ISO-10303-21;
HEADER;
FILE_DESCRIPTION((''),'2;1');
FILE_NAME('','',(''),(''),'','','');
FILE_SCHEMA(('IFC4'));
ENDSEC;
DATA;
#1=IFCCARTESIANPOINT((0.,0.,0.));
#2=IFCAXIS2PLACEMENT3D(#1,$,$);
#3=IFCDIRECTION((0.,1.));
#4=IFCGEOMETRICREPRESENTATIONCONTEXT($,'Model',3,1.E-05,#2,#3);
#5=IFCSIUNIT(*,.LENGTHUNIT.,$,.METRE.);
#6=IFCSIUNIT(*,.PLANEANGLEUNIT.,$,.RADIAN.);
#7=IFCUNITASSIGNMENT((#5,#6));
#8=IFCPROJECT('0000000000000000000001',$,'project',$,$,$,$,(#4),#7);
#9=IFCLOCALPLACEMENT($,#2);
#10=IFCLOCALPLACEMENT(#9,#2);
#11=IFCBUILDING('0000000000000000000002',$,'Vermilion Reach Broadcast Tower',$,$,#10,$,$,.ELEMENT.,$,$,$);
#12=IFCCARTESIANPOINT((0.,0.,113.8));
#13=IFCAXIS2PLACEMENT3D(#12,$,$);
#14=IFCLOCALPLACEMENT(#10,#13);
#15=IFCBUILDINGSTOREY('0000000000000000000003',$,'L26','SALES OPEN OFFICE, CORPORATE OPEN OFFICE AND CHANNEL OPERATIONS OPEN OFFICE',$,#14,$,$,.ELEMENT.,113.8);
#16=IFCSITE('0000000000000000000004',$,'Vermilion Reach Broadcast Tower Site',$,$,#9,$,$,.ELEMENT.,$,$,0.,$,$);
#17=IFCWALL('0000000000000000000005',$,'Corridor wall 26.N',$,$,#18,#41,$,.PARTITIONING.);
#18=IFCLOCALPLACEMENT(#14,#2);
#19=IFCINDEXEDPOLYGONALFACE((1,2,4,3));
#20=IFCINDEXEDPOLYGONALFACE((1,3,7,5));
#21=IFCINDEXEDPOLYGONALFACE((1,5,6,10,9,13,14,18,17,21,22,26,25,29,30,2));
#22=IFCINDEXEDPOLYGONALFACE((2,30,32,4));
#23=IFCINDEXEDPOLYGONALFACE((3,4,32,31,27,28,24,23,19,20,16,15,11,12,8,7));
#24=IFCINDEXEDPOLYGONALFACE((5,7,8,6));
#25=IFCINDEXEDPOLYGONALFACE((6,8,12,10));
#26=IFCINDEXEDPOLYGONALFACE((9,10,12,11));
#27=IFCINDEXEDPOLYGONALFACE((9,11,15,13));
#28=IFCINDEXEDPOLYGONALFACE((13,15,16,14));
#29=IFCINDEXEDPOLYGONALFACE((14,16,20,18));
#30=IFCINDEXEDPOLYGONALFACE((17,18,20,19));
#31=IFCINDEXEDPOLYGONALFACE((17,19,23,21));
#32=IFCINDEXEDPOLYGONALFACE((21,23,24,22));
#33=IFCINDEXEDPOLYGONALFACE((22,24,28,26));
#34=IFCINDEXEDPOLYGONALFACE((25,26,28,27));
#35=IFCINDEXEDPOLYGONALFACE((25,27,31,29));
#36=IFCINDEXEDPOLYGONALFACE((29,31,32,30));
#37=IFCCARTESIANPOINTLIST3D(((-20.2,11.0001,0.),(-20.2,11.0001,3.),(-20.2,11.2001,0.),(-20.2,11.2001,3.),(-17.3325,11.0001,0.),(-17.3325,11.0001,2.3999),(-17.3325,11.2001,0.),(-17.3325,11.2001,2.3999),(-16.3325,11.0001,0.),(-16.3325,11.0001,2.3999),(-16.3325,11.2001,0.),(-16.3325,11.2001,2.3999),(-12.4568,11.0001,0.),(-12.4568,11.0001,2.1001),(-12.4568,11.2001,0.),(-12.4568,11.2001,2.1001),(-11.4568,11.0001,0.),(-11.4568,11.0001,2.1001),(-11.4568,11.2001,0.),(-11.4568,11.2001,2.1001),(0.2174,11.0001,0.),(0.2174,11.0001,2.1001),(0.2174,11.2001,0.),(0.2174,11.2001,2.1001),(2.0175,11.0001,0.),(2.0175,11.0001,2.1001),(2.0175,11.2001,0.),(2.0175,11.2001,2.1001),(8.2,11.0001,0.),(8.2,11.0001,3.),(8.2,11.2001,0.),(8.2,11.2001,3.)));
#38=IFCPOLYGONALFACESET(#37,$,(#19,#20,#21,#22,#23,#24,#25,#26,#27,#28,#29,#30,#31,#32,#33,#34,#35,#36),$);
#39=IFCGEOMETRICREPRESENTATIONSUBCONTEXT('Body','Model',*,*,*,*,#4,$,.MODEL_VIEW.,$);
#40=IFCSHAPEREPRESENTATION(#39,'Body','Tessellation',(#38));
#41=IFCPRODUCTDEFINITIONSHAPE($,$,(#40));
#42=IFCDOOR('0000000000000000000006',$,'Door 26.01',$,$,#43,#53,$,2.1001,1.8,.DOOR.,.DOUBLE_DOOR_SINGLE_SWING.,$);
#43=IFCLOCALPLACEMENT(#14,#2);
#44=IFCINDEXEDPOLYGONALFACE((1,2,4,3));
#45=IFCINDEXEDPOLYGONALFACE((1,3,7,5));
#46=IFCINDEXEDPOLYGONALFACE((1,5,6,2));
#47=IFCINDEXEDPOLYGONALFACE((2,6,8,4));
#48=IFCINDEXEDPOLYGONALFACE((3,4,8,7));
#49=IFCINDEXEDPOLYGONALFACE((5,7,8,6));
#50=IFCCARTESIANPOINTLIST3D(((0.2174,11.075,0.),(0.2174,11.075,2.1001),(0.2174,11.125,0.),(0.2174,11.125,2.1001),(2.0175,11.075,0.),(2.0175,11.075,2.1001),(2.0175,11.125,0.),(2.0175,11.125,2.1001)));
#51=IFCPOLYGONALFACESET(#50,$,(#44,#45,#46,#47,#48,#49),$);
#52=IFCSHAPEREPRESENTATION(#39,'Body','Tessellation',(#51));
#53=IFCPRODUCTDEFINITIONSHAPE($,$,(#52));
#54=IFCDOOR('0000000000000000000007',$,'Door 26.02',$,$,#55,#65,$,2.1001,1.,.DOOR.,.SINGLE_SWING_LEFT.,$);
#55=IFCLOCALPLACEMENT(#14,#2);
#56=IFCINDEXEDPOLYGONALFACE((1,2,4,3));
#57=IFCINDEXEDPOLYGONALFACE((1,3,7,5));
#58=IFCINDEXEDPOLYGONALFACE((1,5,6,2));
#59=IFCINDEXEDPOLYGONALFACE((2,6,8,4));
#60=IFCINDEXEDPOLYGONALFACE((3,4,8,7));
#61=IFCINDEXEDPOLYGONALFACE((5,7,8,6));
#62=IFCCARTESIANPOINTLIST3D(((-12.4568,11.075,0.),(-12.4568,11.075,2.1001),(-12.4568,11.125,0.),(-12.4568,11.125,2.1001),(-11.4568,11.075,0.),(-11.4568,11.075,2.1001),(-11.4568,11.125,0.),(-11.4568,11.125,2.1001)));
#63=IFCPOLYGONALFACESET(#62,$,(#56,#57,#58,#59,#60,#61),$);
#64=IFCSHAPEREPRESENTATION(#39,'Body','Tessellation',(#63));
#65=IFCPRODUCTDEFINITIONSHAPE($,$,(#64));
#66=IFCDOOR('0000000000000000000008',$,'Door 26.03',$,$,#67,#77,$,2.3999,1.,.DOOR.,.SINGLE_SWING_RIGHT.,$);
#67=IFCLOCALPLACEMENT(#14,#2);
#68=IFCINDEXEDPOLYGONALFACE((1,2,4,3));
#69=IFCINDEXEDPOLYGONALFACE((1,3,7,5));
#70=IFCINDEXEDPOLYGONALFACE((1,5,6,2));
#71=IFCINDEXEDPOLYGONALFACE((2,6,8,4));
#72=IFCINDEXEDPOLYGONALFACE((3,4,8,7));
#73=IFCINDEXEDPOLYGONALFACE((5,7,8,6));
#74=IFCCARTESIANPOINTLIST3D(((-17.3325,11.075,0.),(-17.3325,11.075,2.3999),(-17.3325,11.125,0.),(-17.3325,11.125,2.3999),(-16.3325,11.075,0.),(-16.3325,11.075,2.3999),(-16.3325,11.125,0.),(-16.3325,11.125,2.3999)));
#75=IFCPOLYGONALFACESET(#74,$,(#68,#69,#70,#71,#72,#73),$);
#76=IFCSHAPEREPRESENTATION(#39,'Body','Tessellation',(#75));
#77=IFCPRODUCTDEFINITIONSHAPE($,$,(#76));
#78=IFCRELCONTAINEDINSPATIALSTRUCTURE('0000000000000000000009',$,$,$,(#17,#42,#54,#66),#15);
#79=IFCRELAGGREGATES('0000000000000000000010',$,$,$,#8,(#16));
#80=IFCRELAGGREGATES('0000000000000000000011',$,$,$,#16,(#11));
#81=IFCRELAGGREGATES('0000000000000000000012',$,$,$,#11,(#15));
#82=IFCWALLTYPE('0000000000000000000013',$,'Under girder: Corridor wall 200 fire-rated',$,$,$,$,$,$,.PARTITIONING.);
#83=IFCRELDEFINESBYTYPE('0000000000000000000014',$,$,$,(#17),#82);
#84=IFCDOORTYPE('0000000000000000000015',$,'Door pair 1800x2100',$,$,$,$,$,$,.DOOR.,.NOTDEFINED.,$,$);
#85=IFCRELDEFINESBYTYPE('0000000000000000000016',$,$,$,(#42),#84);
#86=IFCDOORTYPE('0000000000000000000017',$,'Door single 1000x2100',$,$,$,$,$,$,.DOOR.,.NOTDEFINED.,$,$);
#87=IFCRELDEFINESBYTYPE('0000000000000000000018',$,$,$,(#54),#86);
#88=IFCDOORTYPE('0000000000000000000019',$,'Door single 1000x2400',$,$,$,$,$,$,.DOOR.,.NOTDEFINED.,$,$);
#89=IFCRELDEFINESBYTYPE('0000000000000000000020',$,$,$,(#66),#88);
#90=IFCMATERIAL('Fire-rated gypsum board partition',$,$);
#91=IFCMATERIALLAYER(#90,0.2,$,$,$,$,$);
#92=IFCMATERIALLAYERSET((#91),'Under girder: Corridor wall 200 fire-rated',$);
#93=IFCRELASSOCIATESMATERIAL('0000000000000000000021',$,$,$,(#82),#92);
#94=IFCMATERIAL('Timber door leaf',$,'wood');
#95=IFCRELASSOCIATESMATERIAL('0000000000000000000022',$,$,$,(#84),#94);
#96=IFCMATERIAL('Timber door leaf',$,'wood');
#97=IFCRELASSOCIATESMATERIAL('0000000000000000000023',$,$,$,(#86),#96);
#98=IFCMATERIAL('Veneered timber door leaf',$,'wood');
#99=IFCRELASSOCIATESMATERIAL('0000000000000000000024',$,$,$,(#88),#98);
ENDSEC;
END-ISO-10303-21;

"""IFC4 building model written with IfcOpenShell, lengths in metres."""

from ifc_helpers import new_model, si_unit, direction, frame, frame_2d, origin, place, context, subcontext, project, spatial, rectangle, extrude, material, layer, layer_set, type_object, element, fill, save


model = new_model("IFC4")

# Units and contexts
model_context = context("Model", 3, precision=1e-05, world=origin(), true_north=direction((0.0, 1.0)))
body_context = subcontext(model_context, "Body", "Model", "MODEL_VIEW")
ifc_project = project(units=[si_unit("LENGTHUNIT", "METRE"), si_unit("PLANEANGLEUNIT", "RADIAN")], contexts=[model_context])

# Site, building, storey
site_placement = place(None, origin())
site = spatial("IfcSite", under=ifc_project, at=site_placement, Name="Vermilion Reach Broadcast Tower Site", CompositionType="ELEMENT", RefElevation=0.0)
building_placement = place(site_placement, origin())
building = spatial("IfcBuilding", under=site, at=building_placement, Name="Vermilion Reach Broadcast Tower", CompositionType="ELEMENT")
storey_placement = place(building_placement, frame((0.0, 0.0, 113.8)))
storey = spatial("IfcBuildingStorey", under=building, at=storey_placement, Name="L26", Description="SALES OPEN OFFICE, CORPORATE OPEN OFFICE AND CHANNEL OPERATIONS OPEN OFFICE", CompositionType="ELEMENT", Elevation=113.8)

# Wall, openings, doors
ifc_material_1 = material(Name="Fire-rated gypsum board partition")
ifc_layer_1 = layer(ifc_material_1, 0.2)
ifc_layer_set_1 = layer_set([ifc_layer_1], Name="Under girder: Corridor wall 200 fire-rated")
wall_type_1 = type_object("IfcWallType", Name="Under girder: Corridor wall 200 fire-rated", PredefinedType="PARTITIONING", material=ifc_layer_set_1)
wall_1_placement = place(storey_placement, frame((-20.2, 11.1001, 0.0), z_axis=(0.0, 0.0, 1.0), x_axis=(1.0, 0.0, 0.0)))
wall_1 = element("IfcWall", 1, at=wall_1_placement, inside=storey, type_object=wall_type_1, Name="Corridor wall 26.N", PredefinedType="PARTITIONING", context=body_context, shape_type="SweptSolid", body=[
    extrude(rectangle(XDim=28.3999, YDim=0.2, at=frame_2d((14.2, 0.0))), origin(), (0.0, 0.0, 1.0), 3.0),
])
opening_1_placement = place(wall_1_placement, frame((20.4175, 0.0, 0.0)))
opening_1 = element("IfcOpeningElement", 2, at=opening_1_placement, cuts=wall_1, PredefinedType="OPENING", context=body_context, shape_type="SweptSolid", body=[
    extrude(rectangle(XDim=1.8, YDim=2.1001, at=frame_2d((0.8999, 1.05))), frame((0.0, 0.1099, 0.0), z_axis=(0.0, -1.0, 0.0), x_axis=(1.0, 0.0, 0.0)), (0.0, 0.0, 1.0), 0.22),
])
opening_2_placement = place(wall_1_placement, frame((7.7432, 0.0, 0.0)))
opening_2 = element("IfcOpeningElement", 3, at=opening_2_placement, cuts=wall_1, PredefinedType="OPENING", context=body_context, shape_type="SweptSolid", body=[
    extrude(rectangle(XDim=1.0, YDim=2.1001, at=frame_2d((0.5, 1.05))), frame((0.0, 0.1099, 0.0), z_axis=(0.0, -1.0, 0.0), x_axis=(1.0, 0.0, 0.0)), (0.0, 0.0, 1.0), 0.22),
])
opening_3_placement = place(wall_1_placement, frame((2.8674, 0.0, 0.0)))
opening_3 = element("IfcOpeningElement", 4, at=opening_3_placement, cuts=wall_1, PredefinedType="OPENING", context=body_context, shape_type="SweptSolid", body=[
    extrude(rectangle(XDim=1.0, YDim=2.3999, at=frame_2d((0.5, 1.2))), frame((0.0, 0.1099, 0.0), z_axis=(0.0, -1.0, 0.0), x_axis=(1.0, 0.0, 0.0)), (0.0, 0.0, 1.0), 0.22),
])
ifc_material_2 = material(Name="Timber door leaf", Category="wood")
door_type_1 = type_object("IfcDoorType", Name="Door pair 1800x2100", OperationType="NOTDEFINED", PredefinedType="DOOR", material=ifc_material_2)
door_1_placement = place(opening_1_placement, origin())
door_1 = element("IfcDoor", 5, at=door_1_placement, inside=storey, type_object=door_type_1, Name="Door 26.01", OperationType="DOUBLE_DOOR_SINGLE_SWING", OverallHeight=2.1001, OverallWidth=1.8, PredefinedType="DOOR", context=body_context, shape_type="SweptSolid", body=[
    extrude(rectangle(XDim=1.8, YDim=2.1001, at=frame_2d((0.8999, 1.05))), frame((0.0, 0.0249, 0.0), z_axis=(0.0, -1.0, 0.0), x_axis=(1.0, 0.0, 0.0)), (0.0, 0.0, 1.0), 0.05),
])
fill(opening_1, door_1)
ifc_material_3 = material(Name="Timber door leaf", Category="wood")
door_type_2 = type_object("IfcDoorType", Name="Door single 1000x2100", OperationType="NOTDEFINED", PredefinedType="DOOR", material=ifc_material_3)
door_2_placement = place(opening_2_placement, origin())
door_2 = element("IfcDoor", 6, at=door_2_placement, inside=storey, type_object=door_type_2, Name="Door 26.02", OperationType="SINGLE_SWING_LEFT", OverallHeight=2.1001, OverallWidth=1.0, PredefinedType="DOOR", context=body_context, shape_type="SweptSolid", body=[
    extrude(rectangle(XDim=1.0, YDim=2.1001, at=frame_2d((0.5, 1.05))), frame((0.0, 0.0249, 0.0), z_axis=(0.0, -1.0, 0.0), x_axis=(1.0, 0.0, 0.0)), (0.0, 0.0, 1.0), 0.05),
])
fill(opening_2, door_2)
ifc_material_4 = material(Name="Veneered timber door leaf", Category="wood")
door_type_3 = type_object("IfcDoorType", Name="Door single 1000x2400", OperationType="NOTDEFINED", PredefinedType="DOOR", material=ifc_material_4)
door_3_placement = place(opening_3_placement, origin())
door_3 = element("IfcDoor", 7, at=door_3_placement, inside=storey, type_object=door_type_3, Name="Door 26.03", OperationType="SINGLE_SWING_RIGHT", OverallHeight=2.3999, OverallWidth=1.0, PredefinedType="DOOR", context=body_context, shape_type="SweptSolid", body=[
    extrude(rectangle(XDim=1.0, YDim=2.3999, at=frame_2d((0.5, 1.2))), frame((0.0, 0.0249, 0.0), z_axis=(0.0, -1.0, 0.0), x_axis=(1.0, 0.0, 0.0)), (0.0, 0.0, 1.0), 0.05),
])
fill(opening_3, door_3)

save(model, "model.ifc")
